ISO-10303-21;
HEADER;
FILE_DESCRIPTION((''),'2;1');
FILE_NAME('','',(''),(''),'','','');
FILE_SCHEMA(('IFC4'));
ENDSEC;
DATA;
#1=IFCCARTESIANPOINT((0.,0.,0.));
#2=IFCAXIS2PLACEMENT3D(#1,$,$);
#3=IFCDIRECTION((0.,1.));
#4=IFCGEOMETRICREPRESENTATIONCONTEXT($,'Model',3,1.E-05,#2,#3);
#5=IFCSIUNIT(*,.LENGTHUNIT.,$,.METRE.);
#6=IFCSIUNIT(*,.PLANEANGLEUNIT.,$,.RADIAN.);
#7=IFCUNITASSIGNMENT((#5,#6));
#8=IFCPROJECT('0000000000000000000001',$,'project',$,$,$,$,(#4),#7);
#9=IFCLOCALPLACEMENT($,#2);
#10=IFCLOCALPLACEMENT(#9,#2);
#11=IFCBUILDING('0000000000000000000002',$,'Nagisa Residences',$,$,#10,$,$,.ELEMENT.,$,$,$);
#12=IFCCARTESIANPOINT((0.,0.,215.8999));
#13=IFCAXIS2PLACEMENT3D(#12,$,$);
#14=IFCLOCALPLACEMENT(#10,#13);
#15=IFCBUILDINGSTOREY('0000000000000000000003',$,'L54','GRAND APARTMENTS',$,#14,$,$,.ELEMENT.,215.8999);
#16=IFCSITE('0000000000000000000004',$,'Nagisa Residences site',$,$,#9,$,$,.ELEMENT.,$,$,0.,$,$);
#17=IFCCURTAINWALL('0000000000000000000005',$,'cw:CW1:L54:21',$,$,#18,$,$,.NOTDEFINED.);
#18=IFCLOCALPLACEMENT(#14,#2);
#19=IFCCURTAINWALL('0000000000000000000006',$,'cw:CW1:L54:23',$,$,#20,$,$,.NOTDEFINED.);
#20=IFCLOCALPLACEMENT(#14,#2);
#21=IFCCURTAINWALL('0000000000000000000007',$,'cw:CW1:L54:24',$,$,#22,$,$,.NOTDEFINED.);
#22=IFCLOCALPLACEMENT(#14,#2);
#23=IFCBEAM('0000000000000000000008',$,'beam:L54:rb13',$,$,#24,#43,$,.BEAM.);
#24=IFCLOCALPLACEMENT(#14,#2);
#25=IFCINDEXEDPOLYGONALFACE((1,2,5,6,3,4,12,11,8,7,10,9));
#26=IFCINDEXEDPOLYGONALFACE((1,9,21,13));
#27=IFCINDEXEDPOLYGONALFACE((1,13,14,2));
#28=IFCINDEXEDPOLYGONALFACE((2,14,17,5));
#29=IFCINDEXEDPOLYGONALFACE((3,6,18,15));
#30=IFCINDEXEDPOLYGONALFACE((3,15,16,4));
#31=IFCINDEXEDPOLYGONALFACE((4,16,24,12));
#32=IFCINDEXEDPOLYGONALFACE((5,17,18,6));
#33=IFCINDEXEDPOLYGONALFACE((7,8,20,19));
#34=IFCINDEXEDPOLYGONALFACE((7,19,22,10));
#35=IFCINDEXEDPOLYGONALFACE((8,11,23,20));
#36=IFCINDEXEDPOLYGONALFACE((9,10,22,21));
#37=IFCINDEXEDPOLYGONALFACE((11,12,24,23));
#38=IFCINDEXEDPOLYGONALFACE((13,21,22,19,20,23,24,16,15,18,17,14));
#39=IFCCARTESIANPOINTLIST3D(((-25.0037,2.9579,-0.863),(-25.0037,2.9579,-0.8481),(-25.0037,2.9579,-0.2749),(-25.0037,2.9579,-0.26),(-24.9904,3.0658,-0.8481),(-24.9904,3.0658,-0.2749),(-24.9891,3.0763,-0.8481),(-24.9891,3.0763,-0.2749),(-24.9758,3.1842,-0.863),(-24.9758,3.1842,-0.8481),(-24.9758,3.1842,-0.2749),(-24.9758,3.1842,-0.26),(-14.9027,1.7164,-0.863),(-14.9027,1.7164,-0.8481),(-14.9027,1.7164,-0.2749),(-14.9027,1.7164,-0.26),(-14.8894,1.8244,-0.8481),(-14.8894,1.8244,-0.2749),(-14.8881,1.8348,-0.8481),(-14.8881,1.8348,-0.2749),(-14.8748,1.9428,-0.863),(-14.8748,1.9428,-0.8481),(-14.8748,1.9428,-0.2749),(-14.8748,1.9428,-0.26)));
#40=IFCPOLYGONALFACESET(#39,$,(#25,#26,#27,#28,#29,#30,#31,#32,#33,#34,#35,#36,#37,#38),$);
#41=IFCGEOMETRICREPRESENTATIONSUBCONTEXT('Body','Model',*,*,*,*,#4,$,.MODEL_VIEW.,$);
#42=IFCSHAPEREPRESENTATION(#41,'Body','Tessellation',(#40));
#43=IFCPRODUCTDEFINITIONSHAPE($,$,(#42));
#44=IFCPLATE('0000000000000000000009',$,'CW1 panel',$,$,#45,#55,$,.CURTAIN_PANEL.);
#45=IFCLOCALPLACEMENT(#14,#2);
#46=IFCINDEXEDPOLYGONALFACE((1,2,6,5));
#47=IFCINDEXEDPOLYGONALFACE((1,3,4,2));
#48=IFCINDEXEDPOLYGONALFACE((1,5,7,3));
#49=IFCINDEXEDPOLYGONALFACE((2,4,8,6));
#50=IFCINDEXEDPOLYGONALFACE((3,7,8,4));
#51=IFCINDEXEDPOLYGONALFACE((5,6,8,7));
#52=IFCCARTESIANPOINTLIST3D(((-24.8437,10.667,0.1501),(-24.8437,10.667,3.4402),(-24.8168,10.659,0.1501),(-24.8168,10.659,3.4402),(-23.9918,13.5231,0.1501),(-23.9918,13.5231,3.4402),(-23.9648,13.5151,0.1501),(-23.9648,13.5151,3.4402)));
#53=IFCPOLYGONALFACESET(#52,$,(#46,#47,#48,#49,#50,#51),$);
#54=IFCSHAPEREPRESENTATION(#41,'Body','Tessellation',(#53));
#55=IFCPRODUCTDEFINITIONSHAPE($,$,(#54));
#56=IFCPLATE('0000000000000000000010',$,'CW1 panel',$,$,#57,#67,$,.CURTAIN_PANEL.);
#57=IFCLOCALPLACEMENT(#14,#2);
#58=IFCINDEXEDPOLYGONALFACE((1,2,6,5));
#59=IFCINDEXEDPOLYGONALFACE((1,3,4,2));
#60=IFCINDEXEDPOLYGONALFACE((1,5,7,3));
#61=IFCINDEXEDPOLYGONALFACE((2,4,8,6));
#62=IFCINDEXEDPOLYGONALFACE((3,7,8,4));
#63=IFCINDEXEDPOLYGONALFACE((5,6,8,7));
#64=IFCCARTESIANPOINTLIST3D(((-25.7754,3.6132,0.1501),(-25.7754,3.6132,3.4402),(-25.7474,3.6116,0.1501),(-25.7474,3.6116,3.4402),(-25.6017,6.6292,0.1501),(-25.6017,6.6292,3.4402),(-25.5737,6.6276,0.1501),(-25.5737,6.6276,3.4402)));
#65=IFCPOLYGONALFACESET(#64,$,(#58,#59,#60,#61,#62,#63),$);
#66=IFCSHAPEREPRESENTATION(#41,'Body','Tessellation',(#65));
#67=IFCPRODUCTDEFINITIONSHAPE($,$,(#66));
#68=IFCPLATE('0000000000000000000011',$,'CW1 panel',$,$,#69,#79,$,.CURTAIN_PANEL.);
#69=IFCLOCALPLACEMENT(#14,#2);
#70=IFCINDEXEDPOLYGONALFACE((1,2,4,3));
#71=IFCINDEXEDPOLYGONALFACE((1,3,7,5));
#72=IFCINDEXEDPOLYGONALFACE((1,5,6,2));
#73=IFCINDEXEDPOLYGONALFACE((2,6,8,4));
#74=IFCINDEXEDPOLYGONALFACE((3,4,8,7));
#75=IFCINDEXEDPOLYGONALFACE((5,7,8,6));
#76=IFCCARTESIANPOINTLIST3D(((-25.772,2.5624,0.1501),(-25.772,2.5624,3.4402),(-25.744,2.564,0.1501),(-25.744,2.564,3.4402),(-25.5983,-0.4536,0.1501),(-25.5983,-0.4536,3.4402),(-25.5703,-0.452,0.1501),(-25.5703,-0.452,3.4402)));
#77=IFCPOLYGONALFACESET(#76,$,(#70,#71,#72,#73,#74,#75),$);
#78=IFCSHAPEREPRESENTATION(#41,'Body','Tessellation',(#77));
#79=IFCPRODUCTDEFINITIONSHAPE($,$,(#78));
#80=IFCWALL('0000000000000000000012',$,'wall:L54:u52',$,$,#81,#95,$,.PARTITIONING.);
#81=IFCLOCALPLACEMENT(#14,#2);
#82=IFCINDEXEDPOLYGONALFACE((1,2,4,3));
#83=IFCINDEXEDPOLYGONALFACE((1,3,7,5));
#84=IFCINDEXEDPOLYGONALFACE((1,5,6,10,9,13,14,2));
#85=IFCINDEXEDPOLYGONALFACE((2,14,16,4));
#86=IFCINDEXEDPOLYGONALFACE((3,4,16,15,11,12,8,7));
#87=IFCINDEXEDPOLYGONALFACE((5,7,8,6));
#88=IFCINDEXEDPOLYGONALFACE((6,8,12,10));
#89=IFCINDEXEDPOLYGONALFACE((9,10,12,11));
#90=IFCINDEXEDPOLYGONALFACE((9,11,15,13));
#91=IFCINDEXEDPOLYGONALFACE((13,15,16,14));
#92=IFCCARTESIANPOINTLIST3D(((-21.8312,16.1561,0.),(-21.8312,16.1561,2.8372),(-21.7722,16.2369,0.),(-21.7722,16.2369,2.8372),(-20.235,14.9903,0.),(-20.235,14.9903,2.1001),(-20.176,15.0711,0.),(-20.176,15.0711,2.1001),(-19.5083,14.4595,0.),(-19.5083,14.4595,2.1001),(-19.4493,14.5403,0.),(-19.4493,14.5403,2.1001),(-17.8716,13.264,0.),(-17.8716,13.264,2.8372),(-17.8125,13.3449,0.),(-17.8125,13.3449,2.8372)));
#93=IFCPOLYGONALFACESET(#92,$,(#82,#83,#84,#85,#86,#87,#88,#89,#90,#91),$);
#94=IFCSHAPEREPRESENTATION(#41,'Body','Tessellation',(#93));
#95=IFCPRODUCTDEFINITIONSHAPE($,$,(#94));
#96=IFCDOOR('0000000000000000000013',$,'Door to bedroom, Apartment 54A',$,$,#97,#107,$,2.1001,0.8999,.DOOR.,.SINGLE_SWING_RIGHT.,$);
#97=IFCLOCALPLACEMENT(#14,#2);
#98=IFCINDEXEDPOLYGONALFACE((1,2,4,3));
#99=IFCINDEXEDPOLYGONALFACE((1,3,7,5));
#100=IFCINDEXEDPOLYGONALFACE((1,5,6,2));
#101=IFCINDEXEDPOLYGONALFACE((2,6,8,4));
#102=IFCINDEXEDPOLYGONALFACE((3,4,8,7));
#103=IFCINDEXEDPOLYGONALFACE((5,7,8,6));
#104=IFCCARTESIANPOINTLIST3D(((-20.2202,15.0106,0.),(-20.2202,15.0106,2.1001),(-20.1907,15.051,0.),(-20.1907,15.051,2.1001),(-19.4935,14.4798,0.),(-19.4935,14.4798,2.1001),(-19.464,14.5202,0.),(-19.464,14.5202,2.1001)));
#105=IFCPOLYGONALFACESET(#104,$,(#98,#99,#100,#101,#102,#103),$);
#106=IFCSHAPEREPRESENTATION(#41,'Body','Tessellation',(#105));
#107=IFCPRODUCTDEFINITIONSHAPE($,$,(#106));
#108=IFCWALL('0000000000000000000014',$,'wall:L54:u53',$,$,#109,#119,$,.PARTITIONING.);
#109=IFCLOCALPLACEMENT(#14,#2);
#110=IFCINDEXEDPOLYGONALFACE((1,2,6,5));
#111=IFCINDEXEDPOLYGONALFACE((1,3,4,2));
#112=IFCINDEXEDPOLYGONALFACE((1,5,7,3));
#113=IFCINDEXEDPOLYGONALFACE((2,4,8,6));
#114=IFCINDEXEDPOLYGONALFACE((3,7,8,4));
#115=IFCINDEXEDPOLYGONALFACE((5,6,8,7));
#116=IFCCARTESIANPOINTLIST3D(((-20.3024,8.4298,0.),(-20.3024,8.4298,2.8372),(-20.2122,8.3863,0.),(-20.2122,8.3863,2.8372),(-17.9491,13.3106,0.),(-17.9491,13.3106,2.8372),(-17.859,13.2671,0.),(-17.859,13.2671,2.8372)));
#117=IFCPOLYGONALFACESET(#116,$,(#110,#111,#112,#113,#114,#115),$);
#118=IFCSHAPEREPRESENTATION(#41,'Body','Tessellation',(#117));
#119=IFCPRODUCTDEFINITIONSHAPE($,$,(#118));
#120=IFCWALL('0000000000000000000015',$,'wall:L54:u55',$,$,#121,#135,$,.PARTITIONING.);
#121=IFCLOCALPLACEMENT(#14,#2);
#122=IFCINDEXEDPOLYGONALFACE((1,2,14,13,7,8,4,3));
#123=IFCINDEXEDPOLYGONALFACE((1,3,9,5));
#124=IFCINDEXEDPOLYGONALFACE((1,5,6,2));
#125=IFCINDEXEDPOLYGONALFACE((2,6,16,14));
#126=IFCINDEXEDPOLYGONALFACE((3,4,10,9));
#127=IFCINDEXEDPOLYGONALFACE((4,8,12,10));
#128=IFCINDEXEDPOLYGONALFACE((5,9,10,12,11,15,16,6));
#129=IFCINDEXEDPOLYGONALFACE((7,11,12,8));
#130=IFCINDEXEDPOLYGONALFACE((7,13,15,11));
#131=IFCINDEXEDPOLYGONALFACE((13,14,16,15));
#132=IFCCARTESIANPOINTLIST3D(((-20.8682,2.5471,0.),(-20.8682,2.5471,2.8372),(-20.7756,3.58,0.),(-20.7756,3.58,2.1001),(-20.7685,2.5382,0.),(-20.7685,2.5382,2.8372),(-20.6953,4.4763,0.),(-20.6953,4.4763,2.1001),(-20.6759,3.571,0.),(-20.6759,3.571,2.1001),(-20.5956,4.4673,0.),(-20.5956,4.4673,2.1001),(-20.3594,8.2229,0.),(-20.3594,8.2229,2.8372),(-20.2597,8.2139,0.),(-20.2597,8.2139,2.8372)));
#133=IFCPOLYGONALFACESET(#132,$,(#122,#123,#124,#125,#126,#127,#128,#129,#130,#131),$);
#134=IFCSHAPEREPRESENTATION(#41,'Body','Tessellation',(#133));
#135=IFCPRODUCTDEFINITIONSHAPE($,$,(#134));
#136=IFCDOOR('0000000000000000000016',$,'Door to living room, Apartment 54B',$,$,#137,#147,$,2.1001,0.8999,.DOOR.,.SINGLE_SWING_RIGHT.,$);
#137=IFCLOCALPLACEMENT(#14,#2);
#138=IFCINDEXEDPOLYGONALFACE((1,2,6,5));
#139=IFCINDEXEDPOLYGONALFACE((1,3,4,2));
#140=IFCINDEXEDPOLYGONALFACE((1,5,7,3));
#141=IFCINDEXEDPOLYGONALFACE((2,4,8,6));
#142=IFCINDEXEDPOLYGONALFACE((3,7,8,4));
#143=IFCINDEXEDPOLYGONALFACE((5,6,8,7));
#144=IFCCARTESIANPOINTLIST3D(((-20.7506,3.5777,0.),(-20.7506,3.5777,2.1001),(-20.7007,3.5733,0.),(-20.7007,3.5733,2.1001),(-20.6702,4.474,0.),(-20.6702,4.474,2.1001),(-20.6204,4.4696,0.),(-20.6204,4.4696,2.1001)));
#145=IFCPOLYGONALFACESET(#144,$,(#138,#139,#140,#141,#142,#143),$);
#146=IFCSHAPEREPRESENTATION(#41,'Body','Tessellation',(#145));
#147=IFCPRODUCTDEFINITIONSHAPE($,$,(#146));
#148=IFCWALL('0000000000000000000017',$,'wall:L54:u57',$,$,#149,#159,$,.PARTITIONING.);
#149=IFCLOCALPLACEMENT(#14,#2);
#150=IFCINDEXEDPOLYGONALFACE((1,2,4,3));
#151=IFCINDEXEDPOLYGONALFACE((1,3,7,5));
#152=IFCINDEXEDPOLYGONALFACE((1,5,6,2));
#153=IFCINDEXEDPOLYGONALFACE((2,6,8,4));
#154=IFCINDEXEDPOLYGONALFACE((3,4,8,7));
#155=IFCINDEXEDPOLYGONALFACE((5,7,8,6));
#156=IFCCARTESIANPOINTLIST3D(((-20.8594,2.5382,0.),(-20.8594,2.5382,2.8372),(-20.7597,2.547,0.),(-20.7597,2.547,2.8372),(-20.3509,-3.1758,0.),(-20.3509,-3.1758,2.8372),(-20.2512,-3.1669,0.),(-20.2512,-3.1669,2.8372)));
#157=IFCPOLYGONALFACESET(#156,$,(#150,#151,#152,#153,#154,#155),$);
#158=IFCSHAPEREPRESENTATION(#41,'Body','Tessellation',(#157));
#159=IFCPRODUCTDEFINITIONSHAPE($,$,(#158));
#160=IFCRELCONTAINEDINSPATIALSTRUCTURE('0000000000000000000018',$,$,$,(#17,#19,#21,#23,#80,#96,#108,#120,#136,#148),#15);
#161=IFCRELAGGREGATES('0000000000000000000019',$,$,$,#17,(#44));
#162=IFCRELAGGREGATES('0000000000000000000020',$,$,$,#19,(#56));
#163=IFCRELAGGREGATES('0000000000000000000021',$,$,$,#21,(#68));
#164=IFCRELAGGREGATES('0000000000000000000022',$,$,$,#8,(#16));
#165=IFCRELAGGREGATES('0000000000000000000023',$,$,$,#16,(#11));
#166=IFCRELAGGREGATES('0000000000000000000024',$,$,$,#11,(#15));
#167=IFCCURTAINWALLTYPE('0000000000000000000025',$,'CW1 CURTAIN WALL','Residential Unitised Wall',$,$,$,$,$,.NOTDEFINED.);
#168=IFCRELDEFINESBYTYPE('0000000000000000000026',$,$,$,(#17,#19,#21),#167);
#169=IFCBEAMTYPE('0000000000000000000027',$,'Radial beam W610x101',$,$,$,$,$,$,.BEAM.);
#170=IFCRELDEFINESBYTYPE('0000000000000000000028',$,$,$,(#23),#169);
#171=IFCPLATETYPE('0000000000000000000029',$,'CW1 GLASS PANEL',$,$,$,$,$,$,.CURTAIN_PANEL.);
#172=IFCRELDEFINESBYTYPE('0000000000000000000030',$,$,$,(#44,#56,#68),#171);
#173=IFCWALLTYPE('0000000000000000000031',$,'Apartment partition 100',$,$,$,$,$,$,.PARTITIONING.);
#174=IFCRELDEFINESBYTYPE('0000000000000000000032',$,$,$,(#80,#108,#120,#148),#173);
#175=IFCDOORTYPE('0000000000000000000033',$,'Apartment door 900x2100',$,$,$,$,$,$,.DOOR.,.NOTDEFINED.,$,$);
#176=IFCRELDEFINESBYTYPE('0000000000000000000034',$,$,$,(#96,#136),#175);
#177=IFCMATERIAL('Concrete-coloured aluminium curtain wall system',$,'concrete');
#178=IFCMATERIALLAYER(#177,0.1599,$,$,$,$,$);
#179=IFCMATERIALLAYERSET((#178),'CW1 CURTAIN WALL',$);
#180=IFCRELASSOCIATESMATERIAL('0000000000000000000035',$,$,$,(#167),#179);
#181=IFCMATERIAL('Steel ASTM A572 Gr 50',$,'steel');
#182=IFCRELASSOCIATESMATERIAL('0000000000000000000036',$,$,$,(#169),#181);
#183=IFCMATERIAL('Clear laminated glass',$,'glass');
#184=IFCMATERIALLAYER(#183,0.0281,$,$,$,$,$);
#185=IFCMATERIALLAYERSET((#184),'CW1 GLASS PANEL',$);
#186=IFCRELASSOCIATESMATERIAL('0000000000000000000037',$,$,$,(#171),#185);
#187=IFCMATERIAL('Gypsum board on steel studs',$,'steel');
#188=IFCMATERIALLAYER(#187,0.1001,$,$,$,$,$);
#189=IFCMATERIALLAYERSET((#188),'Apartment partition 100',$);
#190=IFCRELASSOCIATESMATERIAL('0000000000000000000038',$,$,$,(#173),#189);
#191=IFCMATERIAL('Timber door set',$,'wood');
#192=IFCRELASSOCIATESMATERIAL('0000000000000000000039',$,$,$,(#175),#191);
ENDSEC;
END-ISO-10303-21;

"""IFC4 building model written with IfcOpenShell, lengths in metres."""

from ifc_helpers import new_model, si_unit, direction, frame, frame_2d, origin, origin_2d, place, context, subcontext, project, spatial, rectangle, i_section, extrude, material, layer, layer_set, material_profile, profile_set, type_object, element, fill, aggregate, save


model = new_model("IFC4")

# Units and contexts
model_context = context("Model", 3, precision=1e-05, world=origin(), true_north=direction((0.0, 1.0)))
body_context = subcontext(model_context, "Body", "Model", "MODEL_VIEW")
ifc_project = project(units=[si_unit("LENGTHUNIT", "METRE"), si_unit("PLANEANGLEUNIT", "RADIAN")], contexts=[model_context])

# Site, building, storey
site_placement = place(None, origin())
site = spatial("IfcSite", under=ifc_project, at=site_placement, Name="Nagisa Residences site", CompositionType="ELEMENT", RefElevation=0.0)
building_placement = place(site_placement, origin())
building = spatial("IfcBuilding", under=site, at=building_placement, Name="Nagisa Residences", CompositionType="ELEMENT")
storey_placement = place(building_placement, frame((0.0, 0.0, 215.8999)))
storey = spatial("IfcBuildingStorey", under=building, at=storey_placement, Name="L54", Description="GRAND APARTMENTS", CompositionType="ELEMENT", Elevation=215.8999)

# Curtain walls
ifc_material_1 = material(Name="Concrete-coloured aluminium curtain wall system", Category="concrete")
ifc_layer_1 = layer(ifc_material_1, 0.1599)
ifc_layer_set_1 = layer_set([ifc_layer_1], Name="CW1 CURTAIN WALL")
curtain_wall_type = type_object("IfcCurtainWallType", Name="CW1 CURTAIN WALL", Description="Residential Unitised Wall", PredefinedType="NOTDEFINED", material=ifc_layer_set_1)
curtain_wall_1_placement = place(storey_placement, origin())
curtain_wall_1 = element("IfcCurtainWall", 1, at=curtain_wall_1_placement, inside=storey, type_object=curtain_wall_type, Name="cw:CW1:L54:21", PredefinedType="NOTDEFINED")
curtain_wall_2_placement = place(storey_placement, origin())
curtain_wall_2 = element("IfcCurtainWall", 2, at=curtain_wall_2_placement, inside=storey, type_object=curtain_wall_type, Name="cw:CW1:L54:23", PredefinedType="NOTDEFINED")
curtain_wall_3_placement = place(storey_placement, origin())
curtain_wall_3 = element("IfcCurtainWall", 3, at=curtain_wall_3_placement, inside=storey, type_object=curtain_wall_type, Name="cw:CW1:L54:24", PredefinedType="NOTDEFINED")

# Beam
ifc_material_2 = material(Name="Steel ASTM A572 Gr 50", Category="steel")
ifc_material_profile_1 = material_profile(ifc_material_2, i_section(OverallWidth=0.228, OverallDepth=0.603, WebThickness=0.0105, FlangeThickness=0.0149, at=origin_2d()), Name="W610x101")
ifc_profile_set_1 = profile_set([ifc_material_profile_1], Name="Steel ASTM A572 Gr 50")
beam_type_1 = type_object("IfcBeamType", Name="Radial beam W610x101", PredefinedType="BEAM", material=ifc_profile_set_1)
beam_1_placement = place(storey_placement, frame((-24.9897, 3.071, -0.5615), z_axis=(0.992532, -0.121985, 0.0), x_axis=(0.121985, 0.992532, 0.0)))
element("IfcBeam", 4, at=beam_1_placement, inside=storey, type_object=beam_type_1, Name="beam:L54:rb13", PredefinedType="BEAM", context=body_context, shape_type="SweptSolid", body=[
    extrude(i_section(OverallWidth=0.228, OverallDepth=0.603, WebThickness=0.0105, FlangeThickness=0.0149, at=origin_2d()), origin(), (0.0, 0.0, 1.0), 10.177),
])

# Plates
ifc_material_3 = material(Name="Clear laminated glass", Category="glass")
ifc_layer_2 = layer(ifc_material_3, 0.0281)
ifc_layer_set_2 = layer_set([ifc_layer_2], Name="CW1 GLASS PANEL")
plate_type = type_object("IfcPlateType", Name="CW1 GLASS PANEL", PredefinedType="CURTAIN_PANEL", material=ifc_layer_set_2)
plate_1_placement = place(storey_placement, frame((-24.4043, 12.0911, 0.1501), z_axis=(0.0, 0.0, 1.0), x_axis=(-0.28586, -0.958271, 0.0)))
plate_1 = element("IfcPlate", 5, at=plate_1_placement, type_object=plate_type, Name="CW1 panel", PredefinedType="CURTAIN_PANEL", context=body_context, shape_type="SweptSolid", body=[
    extrude(rectangle(XDim=2.9805, YDim=0.0281, at=origin_2d()), origin(), (0.0, 0.0, 1.0), 3.29),
])
aggregate(curtain_wall_1, [plate_1])
plate_2_placement = place(storey_placement, frame((-25.6746, 5.1204, 0.1501), z_axis=(0.0, 0.0, 1.0), x_axis=(-0.057503, -0.998345, 0.0)))
plate_2 = element("IfcPlate", 6, at=plate_2_placement, type_object=plate_type, Name="CW1 panel", PredefinedType="CURTAIN_PANEL", context=body_context, shape_type="SweptSolid", body=[
    extrude(rectangle(XDim=3.021, YDim=0.0281, at=origin_2d()), origin(), (0.0, 0.0, 1.0), 3.29),
])
aggregate(curtain_wall_2, [plate_2])
plate_3_placement = place(storey_placement, frame((-25.6711, 1.0552, 0.1501), z_axis=(0.0, 0.0, 1.0), x_axis=(0.057503, -0.998345, 0.0)))
plate_3 = element("IfcPlate", 7, at=plate_3_placement, type_object=plate_type, Name="CW1 panel", PredefinedType="CURTAIN_PANEL", context=body_context, shape_type="SweptSolid", body=[
    extrude(rectangle(XDim=3.021, YDim=0.0281, at=origin_2d()), origin(), (0.0, 0.0, 1.0), 3.29),
])
aggregate(curtain_wall_3, [plate_3])

# Wall, opening, door
ifc_material_4 = material(Name="Gypsum board on steel studs", Category="steel")
ifc_layer_3 = layer(ifc_material_4, 0.1001)
ifc_layer_set_3 = layer_set([ifc_layer_3], Name="Apartment partition 100")
wall_type_1 = type_object("IfcWallType", Name="Apartment partition 100", PredefinedType="PARTITIONING", material=ifc_layer_set_3)
wall_1_placement = place(storey_placement, frame((-17.842, 13.3044, 0.0), z_axis=(0.0, 0.0, 1.0), x_axis=(-0.807542, 0.589811, 0.0)))
wall_1 = element("IfcWall", 8, at=wall_1_placement, inside=storey, type_object=wall_type_1, Name="wall:L54:u52", PredefinedType="PARTITIONING", context=body_context, shape_type="SweptSolid", body=[
    extrude(rectangle(XDim=4.9033, YDim=0.1001, at=frame_2d((2.4517, 0.0))), origin(), (0.0, 0.0, 1.0), 2.8372),
])
opening_1_placement = place(wall_1_placement, frame((2.0269, 0.0, 0.0)))
opening_1 = element("IfcOpeningElement", 9, at=opening_1_placement, cuts=wall_1, PredefinedType="OPENING", context=body_context, shape_type="SweptSolid", body=[
    extrude(rectangle(XDim=0.8999, YDim=2.1001, at=frame_2d((0.45, 1.05))), frame((0.0, 0.0601, 0.0), z_axis=(0.0, -1.0, 0.0), x_axis=(1.0, 0.0, 0.0)), (0.0, 0.0, 1.0), 0.1201),
])
ifc_material_5 = material(Name="Timber door set", Category="wood")
door_type_1 = type_object("IfcDoorType", Name="Apartment door 900x2100", OperationType="NOTDEFINED", PredefinedType="DOOR", material=ifc_material_5)
door_1_placement = place(opening_1_placement, origin())
door_1 = element("IfcDoor", 10, at=door_1_placement, inside=storey, type_object=door_type_1, Name="Door to bedroom, Apartment 54A", OperationType="SINGLE_SWING_RIGHT", OverallHeight=2.1001, OverallWidth=0.8999, PredefinedType="DOOR", context=body_context, shape_type="SweptSolid", body=[
    extrude(rectangle(XDim=0.8999, YDim=2.1001, at=frame_2d((0.45, 1.05))), frame((0.0, 0.0249, 0.0), z_axis=(0.0, -1.0, 0.0), x_axis=(1.0, 0.0, 0.0)), (0.0, 0.0, 1.0), 0.05),
])
fill(opening_1, door_1)

# Wall
wall_2_placement = place(storey_placement, frame((-17.9041, 13.2888, 0.0), z_axis=(0.0, 0.0, 1.0), x_axis=(-0.434299, -0.900769, 0.0)))
element("IfcWall", 11, at=wall_2_placement, inside=storey, type_object=wall_type_1, Name="wall:L54:u53", PredefinedType="PARTITIONING", context=body_context, shape_type="SweptSolid", body=[
    extrude(rectangle(XDim=5.4185, YDim=0.1001, at=frame_2d((2.7092, 0.0))), origin(), (0.0, 0.0, 1.0), 2.8372),
])

# Wall, opening, door
wall_3_placement = place(storey_placement, frame((-20.3096, 8.2183, 0.0), z_axis=(0.0, 0.0, 1.0), x_axis=(-0.089284, -0.996006, 0.0)))
wall_3 = element("IfcWall", 12, at=wall_3_placement, inside=storey, type_object=wall_type_1, Name="wall:L54:u55", PredefinedType="PARTITIONING", context=body_context, shape_type="SweptSolid", body=[
    extrude(rectangle(XDim=5.6985, YDim=0.1001, at=frame_2d((2.8491, 0.0))), origin(), (0.0, 0.0, 1.0), 2.8372),
])
opening_2_placement = place(wall_3_placement, frame((3.7615, 0.0, 0.0)))
opening_2 = element("IfcOpeningElement", 13, at=opening_2_placement, cuts=wall_3, PredefinedType="OPENING", context=body_context, shape_type="SweptSolid", body=[
    extrude(rectangle(XDim=0.8999, YDim=2.1001, at=frame_2d((0.45, 1.05))), frame((0.0, 0.0601, 0.0), z_axis=(0.0, -1.0, 0.0), x_axis=(1.0, 0.0, 0.0)), (0.0, 0.0, 1.0), 0.1201),
])
door_2_placement = place(opening_2_placement, frame((0.8999, 0.0, 0.0), x_axis=(-1.0, 0.0, 0.0)))
door_2 = element("IfcDoor", 14, at=door_2_placement, inside=storey, type_object=door_type_1, Name="Door to living room, Apartment 54B", OperationType="SINGLE_SWING_RIGHT", OverallHeight=2.1001, OverallWidth=0.8999, PredefinedType="DOOR", context=body_context, shape_type="SweptSolid", body=[
    extrude(rectangle(XDim=0.8999, YDim=2.1001, at=frame_2d((0.45, 1.05))), frame((0.0, 0.0249, 0.0), z_axis=(0.0, -1.0, 0.0), x_axis=(1.0, 0.0, 0.0)), (0.0, 0.0, 1.0), 0.05),
])
fill(opening_2, door_2)

# Wall
wall_4_placement = place(storey_placement, frame((-20.8096, 2.5425, 0.0), z_axis=(0.0, 0.0, 1.0), x_axis=(0.088651, -0.996063, 0.0)))
element("IfcWall", 15, at=wall_4_placement, inside=storey, type_object=wall_type_1, Name="wall:L54:u57", PredefinedType="PARTITIONING", context=body_context, shape_type="SweptSolid", body=[
    extrude(rectangle(XDim=5.7366, YDim=0.1001, at=frame_2d((2.8682, 0.0))), origin(), (0.0, 0.0, 1.0), 2.8372),
])

save(model, "model.ifc")
